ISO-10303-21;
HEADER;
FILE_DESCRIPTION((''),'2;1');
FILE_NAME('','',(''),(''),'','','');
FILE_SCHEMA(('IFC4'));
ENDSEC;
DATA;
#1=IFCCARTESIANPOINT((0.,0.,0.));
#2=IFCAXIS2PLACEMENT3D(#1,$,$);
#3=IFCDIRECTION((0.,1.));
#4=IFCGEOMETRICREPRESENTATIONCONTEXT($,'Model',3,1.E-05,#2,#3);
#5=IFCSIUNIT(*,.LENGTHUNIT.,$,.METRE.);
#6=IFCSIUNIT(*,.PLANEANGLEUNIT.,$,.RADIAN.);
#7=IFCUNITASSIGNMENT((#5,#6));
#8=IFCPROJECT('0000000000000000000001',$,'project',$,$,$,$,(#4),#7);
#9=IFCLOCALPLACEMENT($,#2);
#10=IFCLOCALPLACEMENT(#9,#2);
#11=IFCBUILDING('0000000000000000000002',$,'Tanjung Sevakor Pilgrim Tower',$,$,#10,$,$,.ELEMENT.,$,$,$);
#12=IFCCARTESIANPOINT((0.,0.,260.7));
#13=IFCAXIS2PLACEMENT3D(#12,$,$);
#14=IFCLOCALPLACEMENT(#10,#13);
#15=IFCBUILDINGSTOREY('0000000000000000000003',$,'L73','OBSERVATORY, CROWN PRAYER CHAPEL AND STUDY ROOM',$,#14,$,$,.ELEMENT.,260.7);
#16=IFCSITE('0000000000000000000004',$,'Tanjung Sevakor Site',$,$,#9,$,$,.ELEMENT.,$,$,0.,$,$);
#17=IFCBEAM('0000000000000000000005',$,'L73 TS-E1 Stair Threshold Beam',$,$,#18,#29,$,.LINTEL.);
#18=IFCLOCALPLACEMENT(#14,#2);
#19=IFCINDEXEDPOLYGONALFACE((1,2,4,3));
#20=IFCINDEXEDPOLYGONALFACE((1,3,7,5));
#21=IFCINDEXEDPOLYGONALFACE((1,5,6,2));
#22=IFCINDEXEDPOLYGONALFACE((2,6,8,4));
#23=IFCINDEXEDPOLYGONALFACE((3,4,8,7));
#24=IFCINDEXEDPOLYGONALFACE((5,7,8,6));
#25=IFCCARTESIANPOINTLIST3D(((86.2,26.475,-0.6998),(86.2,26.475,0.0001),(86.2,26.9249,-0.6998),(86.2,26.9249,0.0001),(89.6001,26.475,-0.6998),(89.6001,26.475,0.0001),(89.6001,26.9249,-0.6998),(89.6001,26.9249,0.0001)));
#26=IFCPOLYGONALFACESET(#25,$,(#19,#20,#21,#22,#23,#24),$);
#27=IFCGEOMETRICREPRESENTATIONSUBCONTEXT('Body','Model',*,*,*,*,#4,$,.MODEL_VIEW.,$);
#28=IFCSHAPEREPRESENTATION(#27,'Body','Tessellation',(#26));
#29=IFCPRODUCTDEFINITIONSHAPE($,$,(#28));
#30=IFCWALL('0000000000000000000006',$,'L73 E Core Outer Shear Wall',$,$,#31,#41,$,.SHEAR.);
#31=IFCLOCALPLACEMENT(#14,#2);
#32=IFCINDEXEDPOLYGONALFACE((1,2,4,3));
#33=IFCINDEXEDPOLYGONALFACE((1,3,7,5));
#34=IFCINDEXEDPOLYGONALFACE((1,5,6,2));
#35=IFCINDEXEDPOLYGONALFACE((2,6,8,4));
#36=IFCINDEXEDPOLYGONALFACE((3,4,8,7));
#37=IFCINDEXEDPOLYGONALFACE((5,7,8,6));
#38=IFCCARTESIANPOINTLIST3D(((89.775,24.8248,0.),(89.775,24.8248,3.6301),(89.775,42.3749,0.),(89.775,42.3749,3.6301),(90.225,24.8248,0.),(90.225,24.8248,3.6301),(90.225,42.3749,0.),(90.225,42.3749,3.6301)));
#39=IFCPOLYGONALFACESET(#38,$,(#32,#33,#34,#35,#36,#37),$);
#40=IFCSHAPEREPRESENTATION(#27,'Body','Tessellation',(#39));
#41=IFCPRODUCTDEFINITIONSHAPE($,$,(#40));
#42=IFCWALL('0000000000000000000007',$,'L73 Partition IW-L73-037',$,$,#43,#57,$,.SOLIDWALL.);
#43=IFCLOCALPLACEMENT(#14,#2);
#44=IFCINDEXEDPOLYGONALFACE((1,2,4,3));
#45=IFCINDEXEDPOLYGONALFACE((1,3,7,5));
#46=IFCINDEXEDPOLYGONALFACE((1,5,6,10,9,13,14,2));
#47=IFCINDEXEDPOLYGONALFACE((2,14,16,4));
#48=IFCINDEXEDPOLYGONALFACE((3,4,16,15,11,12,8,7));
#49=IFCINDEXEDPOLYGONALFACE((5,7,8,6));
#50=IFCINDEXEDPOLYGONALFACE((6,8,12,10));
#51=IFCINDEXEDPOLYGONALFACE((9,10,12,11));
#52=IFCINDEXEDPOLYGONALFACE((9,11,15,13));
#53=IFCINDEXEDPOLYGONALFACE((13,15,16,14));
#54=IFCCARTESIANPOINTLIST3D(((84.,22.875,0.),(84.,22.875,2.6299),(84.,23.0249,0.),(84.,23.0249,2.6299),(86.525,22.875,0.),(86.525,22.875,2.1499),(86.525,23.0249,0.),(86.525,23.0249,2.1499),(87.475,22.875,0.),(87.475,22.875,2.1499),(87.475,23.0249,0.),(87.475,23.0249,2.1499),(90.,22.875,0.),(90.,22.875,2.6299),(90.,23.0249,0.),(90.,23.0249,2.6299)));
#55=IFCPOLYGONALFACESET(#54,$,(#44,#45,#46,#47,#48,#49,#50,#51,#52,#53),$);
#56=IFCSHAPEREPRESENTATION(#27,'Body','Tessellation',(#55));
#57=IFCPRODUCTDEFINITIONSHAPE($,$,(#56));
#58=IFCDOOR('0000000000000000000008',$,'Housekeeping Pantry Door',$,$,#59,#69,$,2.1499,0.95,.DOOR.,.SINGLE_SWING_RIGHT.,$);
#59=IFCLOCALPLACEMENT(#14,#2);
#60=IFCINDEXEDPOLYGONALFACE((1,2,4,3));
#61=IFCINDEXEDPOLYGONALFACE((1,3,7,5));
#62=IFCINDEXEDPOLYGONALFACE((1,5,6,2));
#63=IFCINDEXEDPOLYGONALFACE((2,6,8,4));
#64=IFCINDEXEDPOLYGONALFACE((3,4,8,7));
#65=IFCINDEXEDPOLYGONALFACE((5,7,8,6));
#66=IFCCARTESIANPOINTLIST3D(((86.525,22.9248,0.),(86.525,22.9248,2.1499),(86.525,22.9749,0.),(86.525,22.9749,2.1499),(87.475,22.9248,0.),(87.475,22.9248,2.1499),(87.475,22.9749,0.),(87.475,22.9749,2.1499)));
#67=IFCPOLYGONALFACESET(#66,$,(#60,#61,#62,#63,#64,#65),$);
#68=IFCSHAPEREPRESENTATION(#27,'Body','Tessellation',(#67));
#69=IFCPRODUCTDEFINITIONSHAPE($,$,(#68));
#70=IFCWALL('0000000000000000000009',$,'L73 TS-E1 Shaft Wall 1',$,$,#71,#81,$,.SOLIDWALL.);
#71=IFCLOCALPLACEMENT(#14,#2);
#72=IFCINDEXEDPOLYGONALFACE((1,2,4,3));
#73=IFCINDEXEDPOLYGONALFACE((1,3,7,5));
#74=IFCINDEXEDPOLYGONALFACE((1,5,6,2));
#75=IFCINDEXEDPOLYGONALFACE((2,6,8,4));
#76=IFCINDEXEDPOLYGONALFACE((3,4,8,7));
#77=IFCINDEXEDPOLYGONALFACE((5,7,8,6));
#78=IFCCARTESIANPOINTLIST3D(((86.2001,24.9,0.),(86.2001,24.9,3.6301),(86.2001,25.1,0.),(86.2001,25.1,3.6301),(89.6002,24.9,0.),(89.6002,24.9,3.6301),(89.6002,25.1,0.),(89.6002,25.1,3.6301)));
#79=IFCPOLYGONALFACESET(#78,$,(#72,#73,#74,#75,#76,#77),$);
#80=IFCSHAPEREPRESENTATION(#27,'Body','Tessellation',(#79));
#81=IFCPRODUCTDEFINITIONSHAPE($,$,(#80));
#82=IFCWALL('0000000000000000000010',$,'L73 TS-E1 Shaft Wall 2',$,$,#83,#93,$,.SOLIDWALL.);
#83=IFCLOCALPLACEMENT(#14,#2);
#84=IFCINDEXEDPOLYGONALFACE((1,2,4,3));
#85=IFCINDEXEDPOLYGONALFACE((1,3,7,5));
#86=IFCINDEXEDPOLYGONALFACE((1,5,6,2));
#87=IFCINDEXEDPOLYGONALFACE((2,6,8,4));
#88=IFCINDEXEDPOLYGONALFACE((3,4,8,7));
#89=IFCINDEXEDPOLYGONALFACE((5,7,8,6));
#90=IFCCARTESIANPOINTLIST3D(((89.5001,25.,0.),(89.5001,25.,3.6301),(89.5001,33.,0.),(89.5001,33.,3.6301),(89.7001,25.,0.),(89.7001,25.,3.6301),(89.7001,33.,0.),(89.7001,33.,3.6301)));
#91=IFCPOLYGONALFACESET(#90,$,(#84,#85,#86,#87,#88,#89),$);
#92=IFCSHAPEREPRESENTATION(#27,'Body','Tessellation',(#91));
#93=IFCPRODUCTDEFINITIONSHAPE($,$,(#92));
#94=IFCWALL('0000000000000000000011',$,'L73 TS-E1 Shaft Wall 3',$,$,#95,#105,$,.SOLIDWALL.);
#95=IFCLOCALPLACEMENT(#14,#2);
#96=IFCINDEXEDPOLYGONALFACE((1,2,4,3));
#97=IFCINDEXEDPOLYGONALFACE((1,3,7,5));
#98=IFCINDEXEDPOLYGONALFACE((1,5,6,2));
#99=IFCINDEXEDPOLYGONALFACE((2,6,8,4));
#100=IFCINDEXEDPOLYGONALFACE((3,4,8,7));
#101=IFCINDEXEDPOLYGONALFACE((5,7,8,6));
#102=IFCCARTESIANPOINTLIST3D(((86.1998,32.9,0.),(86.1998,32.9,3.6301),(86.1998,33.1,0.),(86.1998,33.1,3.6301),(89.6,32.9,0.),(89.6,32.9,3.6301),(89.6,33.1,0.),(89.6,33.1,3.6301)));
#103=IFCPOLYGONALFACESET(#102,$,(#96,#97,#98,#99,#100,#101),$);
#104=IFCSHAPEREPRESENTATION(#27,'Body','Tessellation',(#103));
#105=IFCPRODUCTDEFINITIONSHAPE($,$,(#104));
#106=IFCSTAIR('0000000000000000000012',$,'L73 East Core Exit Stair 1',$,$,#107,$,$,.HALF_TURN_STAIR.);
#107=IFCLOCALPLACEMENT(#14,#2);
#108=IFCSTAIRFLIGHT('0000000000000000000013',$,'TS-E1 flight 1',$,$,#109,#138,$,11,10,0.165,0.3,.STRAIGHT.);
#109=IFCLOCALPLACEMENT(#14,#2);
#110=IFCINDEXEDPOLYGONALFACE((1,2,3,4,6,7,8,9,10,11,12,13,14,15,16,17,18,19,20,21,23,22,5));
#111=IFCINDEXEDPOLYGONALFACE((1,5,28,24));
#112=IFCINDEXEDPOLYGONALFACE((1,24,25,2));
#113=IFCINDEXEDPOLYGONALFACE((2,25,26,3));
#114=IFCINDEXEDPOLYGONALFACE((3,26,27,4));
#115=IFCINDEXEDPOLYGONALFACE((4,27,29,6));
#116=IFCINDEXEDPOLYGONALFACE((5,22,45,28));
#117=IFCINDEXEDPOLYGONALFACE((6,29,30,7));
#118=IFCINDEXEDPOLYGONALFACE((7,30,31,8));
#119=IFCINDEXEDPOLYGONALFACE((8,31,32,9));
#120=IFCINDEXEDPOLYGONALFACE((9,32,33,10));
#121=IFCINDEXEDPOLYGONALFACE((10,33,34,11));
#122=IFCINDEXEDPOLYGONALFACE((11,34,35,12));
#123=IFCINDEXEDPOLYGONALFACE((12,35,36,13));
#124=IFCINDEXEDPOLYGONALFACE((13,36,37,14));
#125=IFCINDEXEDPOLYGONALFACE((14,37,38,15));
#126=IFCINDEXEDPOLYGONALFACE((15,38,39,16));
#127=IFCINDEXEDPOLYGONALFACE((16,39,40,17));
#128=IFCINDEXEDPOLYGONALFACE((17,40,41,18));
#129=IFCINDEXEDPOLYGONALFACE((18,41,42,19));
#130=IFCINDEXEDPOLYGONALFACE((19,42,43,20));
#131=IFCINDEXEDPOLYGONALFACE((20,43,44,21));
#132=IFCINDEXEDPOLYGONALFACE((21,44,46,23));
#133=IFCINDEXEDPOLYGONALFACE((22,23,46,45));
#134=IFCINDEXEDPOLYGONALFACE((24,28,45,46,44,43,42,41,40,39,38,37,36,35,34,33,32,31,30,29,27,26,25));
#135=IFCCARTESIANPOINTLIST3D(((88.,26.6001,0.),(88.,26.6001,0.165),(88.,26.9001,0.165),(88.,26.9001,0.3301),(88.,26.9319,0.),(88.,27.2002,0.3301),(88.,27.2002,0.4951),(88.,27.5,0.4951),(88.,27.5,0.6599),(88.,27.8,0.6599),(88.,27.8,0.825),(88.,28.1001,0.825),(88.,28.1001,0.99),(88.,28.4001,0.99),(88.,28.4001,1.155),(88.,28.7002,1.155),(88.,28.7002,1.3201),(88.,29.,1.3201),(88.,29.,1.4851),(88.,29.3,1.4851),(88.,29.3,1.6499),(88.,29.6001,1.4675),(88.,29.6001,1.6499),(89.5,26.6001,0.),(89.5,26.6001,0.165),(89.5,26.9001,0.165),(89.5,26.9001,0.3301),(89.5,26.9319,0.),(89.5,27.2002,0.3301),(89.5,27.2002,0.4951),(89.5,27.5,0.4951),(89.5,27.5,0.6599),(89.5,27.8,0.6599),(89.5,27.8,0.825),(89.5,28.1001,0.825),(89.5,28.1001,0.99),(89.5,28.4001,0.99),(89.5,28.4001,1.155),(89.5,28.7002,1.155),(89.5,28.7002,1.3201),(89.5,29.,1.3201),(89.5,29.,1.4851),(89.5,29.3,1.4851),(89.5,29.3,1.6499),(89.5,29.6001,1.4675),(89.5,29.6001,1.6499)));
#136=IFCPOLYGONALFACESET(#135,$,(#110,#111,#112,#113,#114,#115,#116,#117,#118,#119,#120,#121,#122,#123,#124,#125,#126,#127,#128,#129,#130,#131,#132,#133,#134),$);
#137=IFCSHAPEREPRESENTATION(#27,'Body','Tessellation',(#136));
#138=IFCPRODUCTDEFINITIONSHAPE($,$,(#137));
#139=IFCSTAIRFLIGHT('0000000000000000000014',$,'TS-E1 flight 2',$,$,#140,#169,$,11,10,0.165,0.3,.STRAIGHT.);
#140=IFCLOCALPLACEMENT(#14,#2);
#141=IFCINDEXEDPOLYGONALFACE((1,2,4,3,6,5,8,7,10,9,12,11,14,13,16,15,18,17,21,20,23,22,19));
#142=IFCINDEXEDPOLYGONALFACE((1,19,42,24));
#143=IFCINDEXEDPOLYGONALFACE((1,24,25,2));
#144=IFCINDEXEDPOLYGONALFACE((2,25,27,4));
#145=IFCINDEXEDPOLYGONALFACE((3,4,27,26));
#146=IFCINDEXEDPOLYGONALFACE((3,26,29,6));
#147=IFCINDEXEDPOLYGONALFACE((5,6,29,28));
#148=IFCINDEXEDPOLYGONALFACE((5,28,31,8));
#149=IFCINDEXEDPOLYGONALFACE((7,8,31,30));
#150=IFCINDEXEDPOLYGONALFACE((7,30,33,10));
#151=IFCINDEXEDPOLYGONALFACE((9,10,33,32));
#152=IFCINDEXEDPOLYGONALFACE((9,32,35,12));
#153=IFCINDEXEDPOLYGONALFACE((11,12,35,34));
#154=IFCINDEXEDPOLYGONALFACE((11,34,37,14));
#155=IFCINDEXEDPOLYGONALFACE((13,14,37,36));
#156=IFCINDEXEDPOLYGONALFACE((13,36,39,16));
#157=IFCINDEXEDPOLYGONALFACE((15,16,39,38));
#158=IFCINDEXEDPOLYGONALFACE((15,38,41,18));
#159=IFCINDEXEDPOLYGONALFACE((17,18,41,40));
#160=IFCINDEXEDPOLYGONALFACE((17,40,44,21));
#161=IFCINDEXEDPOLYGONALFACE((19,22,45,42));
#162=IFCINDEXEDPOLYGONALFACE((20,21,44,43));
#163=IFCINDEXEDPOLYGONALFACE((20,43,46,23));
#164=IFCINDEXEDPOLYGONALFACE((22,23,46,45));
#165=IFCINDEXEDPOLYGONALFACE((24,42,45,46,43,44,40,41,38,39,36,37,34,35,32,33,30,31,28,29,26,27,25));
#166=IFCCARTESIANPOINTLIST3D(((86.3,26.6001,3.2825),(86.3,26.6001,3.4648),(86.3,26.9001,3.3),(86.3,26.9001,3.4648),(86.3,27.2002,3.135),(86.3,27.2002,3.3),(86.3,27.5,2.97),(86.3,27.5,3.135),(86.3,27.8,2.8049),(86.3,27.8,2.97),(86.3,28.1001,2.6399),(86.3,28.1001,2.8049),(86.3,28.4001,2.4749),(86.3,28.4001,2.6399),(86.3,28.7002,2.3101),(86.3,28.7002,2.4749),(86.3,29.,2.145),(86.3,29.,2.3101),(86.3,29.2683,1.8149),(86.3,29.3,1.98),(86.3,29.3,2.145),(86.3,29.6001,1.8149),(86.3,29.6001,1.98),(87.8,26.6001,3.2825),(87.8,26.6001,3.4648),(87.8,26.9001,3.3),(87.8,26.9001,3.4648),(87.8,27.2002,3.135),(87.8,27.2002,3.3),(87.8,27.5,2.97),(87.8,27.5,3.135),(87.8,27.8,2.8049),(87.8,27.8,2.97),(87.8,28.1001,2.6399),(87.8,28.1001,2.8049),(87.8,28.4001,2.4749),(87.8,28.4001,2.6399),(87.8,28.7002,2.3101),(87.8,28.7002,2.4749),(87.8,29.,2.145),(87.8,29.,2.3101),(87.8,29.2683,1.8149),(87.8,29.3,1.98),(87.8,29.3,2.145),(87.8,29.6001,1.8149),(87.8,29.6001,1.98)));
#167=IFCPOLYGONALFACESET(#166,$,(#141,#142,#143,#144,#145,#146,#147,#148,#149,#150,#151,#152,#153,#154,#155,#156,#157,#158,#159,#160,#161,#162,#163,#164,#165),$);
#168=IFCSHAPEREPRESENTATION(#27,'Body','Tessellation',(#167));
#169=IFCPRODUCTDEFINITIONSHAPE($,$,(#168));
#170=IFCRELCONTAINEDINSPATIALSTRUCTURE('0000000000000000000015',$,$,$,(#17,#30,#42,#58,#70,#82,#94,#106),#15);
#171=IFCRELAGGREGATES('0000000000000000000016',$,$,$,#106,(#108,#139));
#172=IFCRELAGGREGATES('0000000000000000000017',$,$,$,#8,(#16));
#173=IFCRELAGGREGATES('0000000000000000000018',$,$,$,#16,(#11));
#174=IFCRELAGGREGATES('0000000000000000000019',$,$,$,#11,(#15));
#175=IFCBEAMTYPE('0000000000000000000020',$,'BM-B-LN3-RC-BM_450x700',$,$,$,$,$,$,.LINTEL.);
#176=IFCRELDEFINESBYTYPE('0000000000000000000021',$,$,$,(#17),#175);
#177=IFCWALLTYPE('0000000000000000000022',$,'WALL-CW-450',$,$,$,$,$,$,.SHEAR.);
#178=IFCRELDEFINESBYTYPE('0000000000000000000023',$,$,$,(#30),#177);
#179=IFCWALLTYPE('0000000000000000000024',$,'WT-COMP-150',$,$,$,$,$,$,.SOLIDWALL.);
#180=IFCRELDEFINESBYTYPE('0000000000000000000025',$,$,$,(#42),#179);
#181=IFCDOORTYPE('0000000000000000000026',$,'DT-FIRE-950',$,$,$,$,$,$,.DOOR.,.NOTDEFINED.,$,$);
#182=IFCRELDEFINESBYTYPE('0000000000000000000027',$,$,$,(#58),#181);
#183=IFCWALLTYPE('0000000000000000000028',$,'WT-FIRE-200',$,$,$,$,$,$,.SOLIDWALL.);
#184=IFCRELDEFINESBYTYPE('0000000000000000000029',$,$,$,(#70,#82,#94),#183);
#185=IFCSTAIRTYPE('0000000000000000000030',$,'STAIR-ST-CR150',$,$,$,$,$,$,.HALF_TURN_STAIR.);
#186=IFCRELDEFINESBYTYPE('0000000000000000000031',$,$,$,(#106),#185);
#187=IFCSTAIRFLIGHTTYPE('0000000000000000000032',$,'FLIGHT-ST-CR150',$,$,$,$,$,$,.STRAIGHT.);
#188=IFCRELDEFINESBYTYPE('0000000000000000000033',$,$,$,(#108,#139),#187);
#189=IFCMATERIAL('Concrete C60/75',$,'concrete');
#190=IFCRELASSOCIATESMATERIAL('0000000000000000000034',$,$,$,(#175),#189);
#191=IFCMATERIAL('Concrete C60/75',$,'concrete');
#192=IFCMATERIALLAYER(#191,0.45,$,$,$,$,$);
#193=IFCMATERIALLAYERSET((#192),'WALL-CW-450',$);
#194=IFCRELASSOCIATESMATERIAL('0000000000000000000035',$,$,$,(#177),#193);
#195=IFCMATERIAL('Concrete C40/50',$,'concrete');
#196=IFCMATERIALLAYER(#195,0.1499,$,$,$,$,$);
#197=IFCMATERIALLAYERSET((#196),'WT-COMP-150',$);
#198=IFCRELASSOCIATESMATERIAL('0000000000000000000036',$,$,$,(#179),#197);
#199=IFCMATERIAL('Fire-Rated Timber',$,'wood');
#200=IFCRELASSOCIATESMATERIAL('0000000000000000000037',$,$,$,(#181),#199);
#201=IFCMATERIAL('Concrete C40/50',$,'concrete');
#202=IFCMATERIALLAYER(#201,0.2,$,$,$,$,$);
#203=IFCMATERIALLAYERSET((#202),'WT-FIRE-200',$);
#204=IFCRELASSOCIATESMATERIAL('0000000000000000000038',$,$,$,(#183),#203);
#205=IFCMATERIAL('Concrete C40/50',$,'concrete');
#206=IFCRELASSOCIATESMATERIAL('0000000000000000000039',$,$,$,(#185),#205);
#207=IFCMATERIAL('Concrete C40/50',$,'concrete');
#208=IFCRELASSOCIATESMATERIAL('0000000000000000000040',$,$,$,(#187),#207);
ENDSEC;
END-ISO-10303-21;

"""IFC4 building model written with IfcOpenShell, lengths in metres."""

from ifc_helpers import new_model, si_unit, direction, frame, frame_2d, origin, origin_2d, place, context, subcontext, project, spatial, polyline, rectangle, outline, extrude, material, layer, layer_set, material_profile, profile_set, type_object, element, fill, aggregate, save


model = new_model("IFC4")

# Units and contexts
model_context = context("Model", 3, precision=1e-05, world=origin(), true_north=direction((0.0, 1.0)))
body_context = subcontext(model_context, "Body", "Model", "MODEL_VIEW")
ifc_project = project(units=[si_unit("LENGTHUNIT", "METRE"), si_unit("PLANEANGLEUNIT", "RADIAN")], contexts=[model_context])

# Site, building, storey
site_placement = place(None, origin())
site = spatial("IfcSite", under=ifc_project, at=site_placement, Name="Tanjung Sevakor Site", CompositionType="ELEMENT", RefElevation=0.0)
building_placement = place(site_placement, origin())
building = spatial("IfcBuilding", under=site, at=building_placement, Name="Tanjung Sevakor Pilgrim Tower", CompositionType="ELEMENT")
storey_placement = place(building_placement, frame((0.0, 0.0, 260.7)))
storey = spatial("IfcBuildingStorey", under=building, at=storey_placement, Name="L73", Description="OBSERVATORY, CROWN PRAYER CHAPEL AND STUDY ROOM", CompositionType="ELEMENT", Elevation=260.7)

# Beam
ifc_material_1 = material(Name="Concrete C60/75", Category="concrete")
ifc_material_profile = material_profile(ifc_material_1, rectangle(XDim=0.45, YDim=0.7, at=origin_2d()))
ifc_profile_set = profile_set([ifc_material_profile], Name="Concrete C60/75")
beam_type = type_object("IfcBeamType", Name="BM-B-LN3-RC-BM_450x700", PredefinedType="LINTEL", material=ifc_profile_set)
beam_placement = place(storey_placement, frame((86.2, 26.7, -0.3499), z_axis=(1.0, 0.0, 0.0), x_axis=(0.0, 1.0, 0.0)))
element("IfcBeam", 1, at=beam_placement, inside=storey, type_object=beam_type, Name="L73 TS-E1 Stair Threshold Beam", PredefinedType="LINTEL", context=body_context, shape_type="SweptSolid", body=[
    extrude(rectangle(XDim=0.45, YDim=0.7, at=origin_2d()), origin(), (0.0, 0.0, 1.0), 3.4001),
])

# Wall
ifc_material_2 = material(Name="Concrete C60/75", Category="concrete")
ifc_layer_1 = layer(ifc_material_2, 0.45)
ifc_layer_set_1 = layer_set([ifc_layer_1], Name="WALL-CW-450")
wall_type_1 = type_object("IfcWallType", Name="WALL-CW-450", PredefinedType="SHEAR", material=ifc_layer_set_1)
wall_1_placement = place(storey_placement, frame((90.0, 24.825, 0.0), z_axis=(0.0, 0.0, 1.0), x_axis=(0.0, 1.0, 0.0)))
element("IfcWall", 2, at=wall_1_placement, inside=storey, type_object=wall_type_1, Name="L73 E Core Outer Shear Wall", PredefinedType="SHEAR", context=body_context, shape_type="SweptSolid", body=[
    extrude(rectangle(XDim=17.55, YDim=0.45, at=frame_2d((8.7749, 0.0))), origin(), (0.0, 0.0, 1.0), 3.6301),
])

# Wall, opening, door
ifc_material_3 = material(Name="Concrete C40/50", Category="concrete")
ifc_layer_2 = layer(ifc_material_3, 0.1499)
ifc_layer_set_2 = layer_set([ifc_layer_2], Name="WT-COMP-150")
wall_type_2 = type_object("IfcWallType", Name="WT-COMP-150", PredefinedType="SOLIDWALL", material=ifc_layer_set_2)
wall_2_placement = place(storey_placement, frame((84.0, 22.95, 0.0), z_axis=(0.0, 0.0, 1.0), x_axis=(1.0, 0.0, 0.0)))
wall_2 = element("IfcWall", 3, at=wall_2_placement, inside=storey, type_object=wall_type_2, Name="L73 Partition IW-L73-037", PredefinedType="SOLIDWALL", context=body_context, shape_type="SweptSolid", body=[
    extrude(rectangle(XDim=6.0, YDim=0.1499, at=frame_2d((3.0, 0.0))), origin(), (0.0, 0.0, 1.0), 2.6299),
])
opening_1_placement = place(wall_2_placement, frame((2.5249, 0.0, 0.0)))
opening_1 = element("IfcOpeningElement", 4, at=opening_1_placement, cuts=wall_2, PredefinedType="OPENING", context=body_context, shape_type="SweptSolid", body=[
    extrude(rectangle(XDim=0.95, YDim=2.1499, at=frame_2d((0.4751, 1.075))), frame((0.0, 0.085, 0.0), z_axis=(0.0, -1.0, 0.0), x_axis=(1.0, 0.0, 0.0)), (0.0, 0.0, 1.0), 0.1699),
])
ifc_material_4 = material(Name="Fire-Rated Timber", Category="wood")
door_type_1 = type_object("IfcDoorType", Name="DT-FIRE-950", OperationType="NOTDEFINED", PredefinedType="DOOR", material=ifc_material_4)
door_1_placement = place(opening_1_placement, origin())
door_1 = element("IfcDoor", 5, at=door_1_placement, inside=storey, type_object=door_type_1, Name="Housekeeping Pantry Door", OperationType="SINGLE_SWING_RIGHT", OverallHeight=2.1499, OverallWidth=0.95, PredefinedType="DOOR", context=body_context, shape_type="SweptSolid", body=[
    extrude(rectangle(XDim=0.95, YDim=2.1499, at=frame_2d((0.4751, 1.075))), frame((0.0, 0.0249, 0.0), z_axis=(0.0, -1.0, 0.0), x_axis=(1.0, 0.0, 0.0)), (0.0, 0.0, 1.0), 0.05),
])
fill(opening_1, door_1)

# Walls
ifc_material_5 = material(Name="Concrete C40/50", Category="concrete")
ifc_layer_3 = layer(ifc_material_5, 0.2)
ifc_layer_set_3 = layer_set([ifc_layer_3], Name="WT-FIRE-200")
wall_type_3 = type_object("IfcWallType", Name="WT-FIRE-200", PredefinedType="SOLIDWALL", material=ifc_layer_set_3)
wall_3_placement = place(storey_placement, frame((86.2, 25.0, 0.0), z_axis=(0.0, 0.0, 1.0), x_axis=(1.0, 0.0, 0.0)))
element("IfcWall", 6, at=wall_3_placement, inside=storey, type_object=wall_type_3, Name="L73 TS-E1 Shaft Wall 1", PredefinedType="SOLIDWALL", context=body_context, shape_type="SweptSolid", body=[
    extrude(rectangle(XDim=3.4001, YDim=0.2, at=frame_2d((1.7002, 0.0))), origin(), (0.0, 0.0, 1.0), 3.6301),
])
wall_4_placement = place(storey_placement, frame((89.6001, 25.0, 0.0), z_axis=(0.0, 0.0, 1.0), x_axis=(0.0, 1.0, 0.0)))
element("IfcWall", 7, at=wall_4_placement, inside=storey, type_object=wall_type_3, Name="L73 TS-E1 Shaft Wall 2", PredefinedType="SOLIDWALL", context=body_context, shape_type="SweptSolid", body=[
    extrude(rectangle(XDim=8.0, YDim=0.2, at=frame_2d((4.0, 0.0))), origin(), (0.0, 0.0, 1.0), 3.6301),
])
wall_5_placement = place(storey_placement, frame((89.6001, 33.0, 0.0), z_axis=(0.0, 0.0, 1.0), x_axis=(-1.0, 0.0, 0.0)))
element("IfcWall", 8, at=wall_5_placement, inside=storey, type_object=wall_type_3, Name="L73 TS-E1 Shaft Wall 3", PredefinedType="SOLIDWALL", context=body_context, shape_type="SweptSolid", body=[
    extrude(rectangle(XDim=3.4001, YDim=0.2, at=frame_2d((1.7002, 0.0))), origin(), (0.0, 0.0, 1.0), 3.6301),
])

# Stair, stair flights
ifc_material_6 = material(Name="Concrete C40/50", Category="concrete")
stair_type = type_object("IfcStairType", Name="STAIR-ST-CR150", PredefinedType="HALF_TURN_STAIR", material=ifc_material_6)
stair_placement = place(storey_placement, origin())
stair = element("IfcStair", 9, at=stair_placement, inside=storey, type_object=stair_type, Name="L73 East Core Exit Stair 1", PredefinedType="HALF_TURN_STAIR")
ifc_material_7 = material(Name="Concrete C40/50", Category="concrete")
stair_flight_type = type_object("IfcStairFlightType", Name="FLIGHT-ST-CR150", PredefinedType="STRAIGHT", material=ifc_material_7)
stair_flight_1_placement = place(storey_placement, frame((88.75, 26.6001, 0.0), z_axis=(0.0, 0.0, 1.0), x_axis=(0.0, 1.0, 0.0)))
stair_flight_1 = element("IfcStairFlight", 10, at=stair_flight_1_placement, type_object=stair_flight_type, Name="TS-E1 flight 1", NumberOfRisers=11, NumberOfTreads=10, PredefinedType="STRAIGHT", RiserHeight=0.165, TreadLength=0.3, context=body_context, shape_type="SweptSolid", body=[
    extrude(outline(polyline([(0.0, 0.0), (0.0, 0.165), (0.3, 0.165), (0.3, 0.3301), (0.6001, 0.3301), (0.6001, 0.4951), (0.8999, 0.4951), (0.8999, 0.6599), (1.2, 0.6599), (1.2, 0.825), (1.5, 0.825), (1.5, 0.99), (1.8, 0.99), (1.8, 1.155), (2.1001, 1.155), (2.1001, 1.3201), (2.3999, 1.3201), (2.3999, 1.4851), (2.7, 1.4851), (2.7, 1.6499), (3.0, 1.6499), (3.0, 1.8149), (3.0, 1.4675), (0.3318, 0.0), (0.0, 0.0)])), frame((0.0, 0.75, 0.0), z_axis=(0.0, -1.0, 0.0), x_axis=(1.0, 0.0, 0.0)), (0.0, 0.0, 1.0), 1.5),
])
stair_flight_2_placement = place(storey_placement, frame((87.05, 29.6001, 1.8149), z_axis=(0.0, 0.0, 1.0), x_axis=(0.0, -1.0, 0.0)))
stair_flight_2 = element("IfcStairFlight", 11, at=stair_flight_2_placement, type_object=stair_flight_type, Name="TS-E1 flight 2", NumberOfRisers=11, NumberOfTreads=10, PredefinedType="STRAIGHT", RiserHeight=0.165, TreadLength=0.3, context=body_context, shape_type="SweptSolid", body=[
    extrude(outline(polyline([(0.0, 0.0), (0.0, 0.165), (0.3, 0.165), (0.3, 0.3301), (0.6001, 0.3301), (0.6001, 0.4951), (0.8999, 0.4951), (0.8999, 0.6599), (1.2, 0.6599), (1.2, 0.825), (1.5, 0.825), (1.5, 0.99), (1.8, 0.99), (1.8, 1.155), (2.1001, 1.155), (2.1001, 1.3201), (2.3999, 1.3201), (2.3999, 1.4851), (2.7, 1.4851), (2.7, 1.6499), (3.0, 1.6499), (3.0, 1.8149), (3.0, 1.4675), (0.3318, 0.0), (0.0, 0.0)])), frame((0.0, 0.75, 0.0), z_axis=(0.0, -1.0, 0.0), x_axis=(1.0, 0.0, 0.0)), (0.0, 0.0, 1.0), 1.5),
])
aggregate(stair, [stair_flight_1, stair_flight_2])

save(model, "model.ifc")
